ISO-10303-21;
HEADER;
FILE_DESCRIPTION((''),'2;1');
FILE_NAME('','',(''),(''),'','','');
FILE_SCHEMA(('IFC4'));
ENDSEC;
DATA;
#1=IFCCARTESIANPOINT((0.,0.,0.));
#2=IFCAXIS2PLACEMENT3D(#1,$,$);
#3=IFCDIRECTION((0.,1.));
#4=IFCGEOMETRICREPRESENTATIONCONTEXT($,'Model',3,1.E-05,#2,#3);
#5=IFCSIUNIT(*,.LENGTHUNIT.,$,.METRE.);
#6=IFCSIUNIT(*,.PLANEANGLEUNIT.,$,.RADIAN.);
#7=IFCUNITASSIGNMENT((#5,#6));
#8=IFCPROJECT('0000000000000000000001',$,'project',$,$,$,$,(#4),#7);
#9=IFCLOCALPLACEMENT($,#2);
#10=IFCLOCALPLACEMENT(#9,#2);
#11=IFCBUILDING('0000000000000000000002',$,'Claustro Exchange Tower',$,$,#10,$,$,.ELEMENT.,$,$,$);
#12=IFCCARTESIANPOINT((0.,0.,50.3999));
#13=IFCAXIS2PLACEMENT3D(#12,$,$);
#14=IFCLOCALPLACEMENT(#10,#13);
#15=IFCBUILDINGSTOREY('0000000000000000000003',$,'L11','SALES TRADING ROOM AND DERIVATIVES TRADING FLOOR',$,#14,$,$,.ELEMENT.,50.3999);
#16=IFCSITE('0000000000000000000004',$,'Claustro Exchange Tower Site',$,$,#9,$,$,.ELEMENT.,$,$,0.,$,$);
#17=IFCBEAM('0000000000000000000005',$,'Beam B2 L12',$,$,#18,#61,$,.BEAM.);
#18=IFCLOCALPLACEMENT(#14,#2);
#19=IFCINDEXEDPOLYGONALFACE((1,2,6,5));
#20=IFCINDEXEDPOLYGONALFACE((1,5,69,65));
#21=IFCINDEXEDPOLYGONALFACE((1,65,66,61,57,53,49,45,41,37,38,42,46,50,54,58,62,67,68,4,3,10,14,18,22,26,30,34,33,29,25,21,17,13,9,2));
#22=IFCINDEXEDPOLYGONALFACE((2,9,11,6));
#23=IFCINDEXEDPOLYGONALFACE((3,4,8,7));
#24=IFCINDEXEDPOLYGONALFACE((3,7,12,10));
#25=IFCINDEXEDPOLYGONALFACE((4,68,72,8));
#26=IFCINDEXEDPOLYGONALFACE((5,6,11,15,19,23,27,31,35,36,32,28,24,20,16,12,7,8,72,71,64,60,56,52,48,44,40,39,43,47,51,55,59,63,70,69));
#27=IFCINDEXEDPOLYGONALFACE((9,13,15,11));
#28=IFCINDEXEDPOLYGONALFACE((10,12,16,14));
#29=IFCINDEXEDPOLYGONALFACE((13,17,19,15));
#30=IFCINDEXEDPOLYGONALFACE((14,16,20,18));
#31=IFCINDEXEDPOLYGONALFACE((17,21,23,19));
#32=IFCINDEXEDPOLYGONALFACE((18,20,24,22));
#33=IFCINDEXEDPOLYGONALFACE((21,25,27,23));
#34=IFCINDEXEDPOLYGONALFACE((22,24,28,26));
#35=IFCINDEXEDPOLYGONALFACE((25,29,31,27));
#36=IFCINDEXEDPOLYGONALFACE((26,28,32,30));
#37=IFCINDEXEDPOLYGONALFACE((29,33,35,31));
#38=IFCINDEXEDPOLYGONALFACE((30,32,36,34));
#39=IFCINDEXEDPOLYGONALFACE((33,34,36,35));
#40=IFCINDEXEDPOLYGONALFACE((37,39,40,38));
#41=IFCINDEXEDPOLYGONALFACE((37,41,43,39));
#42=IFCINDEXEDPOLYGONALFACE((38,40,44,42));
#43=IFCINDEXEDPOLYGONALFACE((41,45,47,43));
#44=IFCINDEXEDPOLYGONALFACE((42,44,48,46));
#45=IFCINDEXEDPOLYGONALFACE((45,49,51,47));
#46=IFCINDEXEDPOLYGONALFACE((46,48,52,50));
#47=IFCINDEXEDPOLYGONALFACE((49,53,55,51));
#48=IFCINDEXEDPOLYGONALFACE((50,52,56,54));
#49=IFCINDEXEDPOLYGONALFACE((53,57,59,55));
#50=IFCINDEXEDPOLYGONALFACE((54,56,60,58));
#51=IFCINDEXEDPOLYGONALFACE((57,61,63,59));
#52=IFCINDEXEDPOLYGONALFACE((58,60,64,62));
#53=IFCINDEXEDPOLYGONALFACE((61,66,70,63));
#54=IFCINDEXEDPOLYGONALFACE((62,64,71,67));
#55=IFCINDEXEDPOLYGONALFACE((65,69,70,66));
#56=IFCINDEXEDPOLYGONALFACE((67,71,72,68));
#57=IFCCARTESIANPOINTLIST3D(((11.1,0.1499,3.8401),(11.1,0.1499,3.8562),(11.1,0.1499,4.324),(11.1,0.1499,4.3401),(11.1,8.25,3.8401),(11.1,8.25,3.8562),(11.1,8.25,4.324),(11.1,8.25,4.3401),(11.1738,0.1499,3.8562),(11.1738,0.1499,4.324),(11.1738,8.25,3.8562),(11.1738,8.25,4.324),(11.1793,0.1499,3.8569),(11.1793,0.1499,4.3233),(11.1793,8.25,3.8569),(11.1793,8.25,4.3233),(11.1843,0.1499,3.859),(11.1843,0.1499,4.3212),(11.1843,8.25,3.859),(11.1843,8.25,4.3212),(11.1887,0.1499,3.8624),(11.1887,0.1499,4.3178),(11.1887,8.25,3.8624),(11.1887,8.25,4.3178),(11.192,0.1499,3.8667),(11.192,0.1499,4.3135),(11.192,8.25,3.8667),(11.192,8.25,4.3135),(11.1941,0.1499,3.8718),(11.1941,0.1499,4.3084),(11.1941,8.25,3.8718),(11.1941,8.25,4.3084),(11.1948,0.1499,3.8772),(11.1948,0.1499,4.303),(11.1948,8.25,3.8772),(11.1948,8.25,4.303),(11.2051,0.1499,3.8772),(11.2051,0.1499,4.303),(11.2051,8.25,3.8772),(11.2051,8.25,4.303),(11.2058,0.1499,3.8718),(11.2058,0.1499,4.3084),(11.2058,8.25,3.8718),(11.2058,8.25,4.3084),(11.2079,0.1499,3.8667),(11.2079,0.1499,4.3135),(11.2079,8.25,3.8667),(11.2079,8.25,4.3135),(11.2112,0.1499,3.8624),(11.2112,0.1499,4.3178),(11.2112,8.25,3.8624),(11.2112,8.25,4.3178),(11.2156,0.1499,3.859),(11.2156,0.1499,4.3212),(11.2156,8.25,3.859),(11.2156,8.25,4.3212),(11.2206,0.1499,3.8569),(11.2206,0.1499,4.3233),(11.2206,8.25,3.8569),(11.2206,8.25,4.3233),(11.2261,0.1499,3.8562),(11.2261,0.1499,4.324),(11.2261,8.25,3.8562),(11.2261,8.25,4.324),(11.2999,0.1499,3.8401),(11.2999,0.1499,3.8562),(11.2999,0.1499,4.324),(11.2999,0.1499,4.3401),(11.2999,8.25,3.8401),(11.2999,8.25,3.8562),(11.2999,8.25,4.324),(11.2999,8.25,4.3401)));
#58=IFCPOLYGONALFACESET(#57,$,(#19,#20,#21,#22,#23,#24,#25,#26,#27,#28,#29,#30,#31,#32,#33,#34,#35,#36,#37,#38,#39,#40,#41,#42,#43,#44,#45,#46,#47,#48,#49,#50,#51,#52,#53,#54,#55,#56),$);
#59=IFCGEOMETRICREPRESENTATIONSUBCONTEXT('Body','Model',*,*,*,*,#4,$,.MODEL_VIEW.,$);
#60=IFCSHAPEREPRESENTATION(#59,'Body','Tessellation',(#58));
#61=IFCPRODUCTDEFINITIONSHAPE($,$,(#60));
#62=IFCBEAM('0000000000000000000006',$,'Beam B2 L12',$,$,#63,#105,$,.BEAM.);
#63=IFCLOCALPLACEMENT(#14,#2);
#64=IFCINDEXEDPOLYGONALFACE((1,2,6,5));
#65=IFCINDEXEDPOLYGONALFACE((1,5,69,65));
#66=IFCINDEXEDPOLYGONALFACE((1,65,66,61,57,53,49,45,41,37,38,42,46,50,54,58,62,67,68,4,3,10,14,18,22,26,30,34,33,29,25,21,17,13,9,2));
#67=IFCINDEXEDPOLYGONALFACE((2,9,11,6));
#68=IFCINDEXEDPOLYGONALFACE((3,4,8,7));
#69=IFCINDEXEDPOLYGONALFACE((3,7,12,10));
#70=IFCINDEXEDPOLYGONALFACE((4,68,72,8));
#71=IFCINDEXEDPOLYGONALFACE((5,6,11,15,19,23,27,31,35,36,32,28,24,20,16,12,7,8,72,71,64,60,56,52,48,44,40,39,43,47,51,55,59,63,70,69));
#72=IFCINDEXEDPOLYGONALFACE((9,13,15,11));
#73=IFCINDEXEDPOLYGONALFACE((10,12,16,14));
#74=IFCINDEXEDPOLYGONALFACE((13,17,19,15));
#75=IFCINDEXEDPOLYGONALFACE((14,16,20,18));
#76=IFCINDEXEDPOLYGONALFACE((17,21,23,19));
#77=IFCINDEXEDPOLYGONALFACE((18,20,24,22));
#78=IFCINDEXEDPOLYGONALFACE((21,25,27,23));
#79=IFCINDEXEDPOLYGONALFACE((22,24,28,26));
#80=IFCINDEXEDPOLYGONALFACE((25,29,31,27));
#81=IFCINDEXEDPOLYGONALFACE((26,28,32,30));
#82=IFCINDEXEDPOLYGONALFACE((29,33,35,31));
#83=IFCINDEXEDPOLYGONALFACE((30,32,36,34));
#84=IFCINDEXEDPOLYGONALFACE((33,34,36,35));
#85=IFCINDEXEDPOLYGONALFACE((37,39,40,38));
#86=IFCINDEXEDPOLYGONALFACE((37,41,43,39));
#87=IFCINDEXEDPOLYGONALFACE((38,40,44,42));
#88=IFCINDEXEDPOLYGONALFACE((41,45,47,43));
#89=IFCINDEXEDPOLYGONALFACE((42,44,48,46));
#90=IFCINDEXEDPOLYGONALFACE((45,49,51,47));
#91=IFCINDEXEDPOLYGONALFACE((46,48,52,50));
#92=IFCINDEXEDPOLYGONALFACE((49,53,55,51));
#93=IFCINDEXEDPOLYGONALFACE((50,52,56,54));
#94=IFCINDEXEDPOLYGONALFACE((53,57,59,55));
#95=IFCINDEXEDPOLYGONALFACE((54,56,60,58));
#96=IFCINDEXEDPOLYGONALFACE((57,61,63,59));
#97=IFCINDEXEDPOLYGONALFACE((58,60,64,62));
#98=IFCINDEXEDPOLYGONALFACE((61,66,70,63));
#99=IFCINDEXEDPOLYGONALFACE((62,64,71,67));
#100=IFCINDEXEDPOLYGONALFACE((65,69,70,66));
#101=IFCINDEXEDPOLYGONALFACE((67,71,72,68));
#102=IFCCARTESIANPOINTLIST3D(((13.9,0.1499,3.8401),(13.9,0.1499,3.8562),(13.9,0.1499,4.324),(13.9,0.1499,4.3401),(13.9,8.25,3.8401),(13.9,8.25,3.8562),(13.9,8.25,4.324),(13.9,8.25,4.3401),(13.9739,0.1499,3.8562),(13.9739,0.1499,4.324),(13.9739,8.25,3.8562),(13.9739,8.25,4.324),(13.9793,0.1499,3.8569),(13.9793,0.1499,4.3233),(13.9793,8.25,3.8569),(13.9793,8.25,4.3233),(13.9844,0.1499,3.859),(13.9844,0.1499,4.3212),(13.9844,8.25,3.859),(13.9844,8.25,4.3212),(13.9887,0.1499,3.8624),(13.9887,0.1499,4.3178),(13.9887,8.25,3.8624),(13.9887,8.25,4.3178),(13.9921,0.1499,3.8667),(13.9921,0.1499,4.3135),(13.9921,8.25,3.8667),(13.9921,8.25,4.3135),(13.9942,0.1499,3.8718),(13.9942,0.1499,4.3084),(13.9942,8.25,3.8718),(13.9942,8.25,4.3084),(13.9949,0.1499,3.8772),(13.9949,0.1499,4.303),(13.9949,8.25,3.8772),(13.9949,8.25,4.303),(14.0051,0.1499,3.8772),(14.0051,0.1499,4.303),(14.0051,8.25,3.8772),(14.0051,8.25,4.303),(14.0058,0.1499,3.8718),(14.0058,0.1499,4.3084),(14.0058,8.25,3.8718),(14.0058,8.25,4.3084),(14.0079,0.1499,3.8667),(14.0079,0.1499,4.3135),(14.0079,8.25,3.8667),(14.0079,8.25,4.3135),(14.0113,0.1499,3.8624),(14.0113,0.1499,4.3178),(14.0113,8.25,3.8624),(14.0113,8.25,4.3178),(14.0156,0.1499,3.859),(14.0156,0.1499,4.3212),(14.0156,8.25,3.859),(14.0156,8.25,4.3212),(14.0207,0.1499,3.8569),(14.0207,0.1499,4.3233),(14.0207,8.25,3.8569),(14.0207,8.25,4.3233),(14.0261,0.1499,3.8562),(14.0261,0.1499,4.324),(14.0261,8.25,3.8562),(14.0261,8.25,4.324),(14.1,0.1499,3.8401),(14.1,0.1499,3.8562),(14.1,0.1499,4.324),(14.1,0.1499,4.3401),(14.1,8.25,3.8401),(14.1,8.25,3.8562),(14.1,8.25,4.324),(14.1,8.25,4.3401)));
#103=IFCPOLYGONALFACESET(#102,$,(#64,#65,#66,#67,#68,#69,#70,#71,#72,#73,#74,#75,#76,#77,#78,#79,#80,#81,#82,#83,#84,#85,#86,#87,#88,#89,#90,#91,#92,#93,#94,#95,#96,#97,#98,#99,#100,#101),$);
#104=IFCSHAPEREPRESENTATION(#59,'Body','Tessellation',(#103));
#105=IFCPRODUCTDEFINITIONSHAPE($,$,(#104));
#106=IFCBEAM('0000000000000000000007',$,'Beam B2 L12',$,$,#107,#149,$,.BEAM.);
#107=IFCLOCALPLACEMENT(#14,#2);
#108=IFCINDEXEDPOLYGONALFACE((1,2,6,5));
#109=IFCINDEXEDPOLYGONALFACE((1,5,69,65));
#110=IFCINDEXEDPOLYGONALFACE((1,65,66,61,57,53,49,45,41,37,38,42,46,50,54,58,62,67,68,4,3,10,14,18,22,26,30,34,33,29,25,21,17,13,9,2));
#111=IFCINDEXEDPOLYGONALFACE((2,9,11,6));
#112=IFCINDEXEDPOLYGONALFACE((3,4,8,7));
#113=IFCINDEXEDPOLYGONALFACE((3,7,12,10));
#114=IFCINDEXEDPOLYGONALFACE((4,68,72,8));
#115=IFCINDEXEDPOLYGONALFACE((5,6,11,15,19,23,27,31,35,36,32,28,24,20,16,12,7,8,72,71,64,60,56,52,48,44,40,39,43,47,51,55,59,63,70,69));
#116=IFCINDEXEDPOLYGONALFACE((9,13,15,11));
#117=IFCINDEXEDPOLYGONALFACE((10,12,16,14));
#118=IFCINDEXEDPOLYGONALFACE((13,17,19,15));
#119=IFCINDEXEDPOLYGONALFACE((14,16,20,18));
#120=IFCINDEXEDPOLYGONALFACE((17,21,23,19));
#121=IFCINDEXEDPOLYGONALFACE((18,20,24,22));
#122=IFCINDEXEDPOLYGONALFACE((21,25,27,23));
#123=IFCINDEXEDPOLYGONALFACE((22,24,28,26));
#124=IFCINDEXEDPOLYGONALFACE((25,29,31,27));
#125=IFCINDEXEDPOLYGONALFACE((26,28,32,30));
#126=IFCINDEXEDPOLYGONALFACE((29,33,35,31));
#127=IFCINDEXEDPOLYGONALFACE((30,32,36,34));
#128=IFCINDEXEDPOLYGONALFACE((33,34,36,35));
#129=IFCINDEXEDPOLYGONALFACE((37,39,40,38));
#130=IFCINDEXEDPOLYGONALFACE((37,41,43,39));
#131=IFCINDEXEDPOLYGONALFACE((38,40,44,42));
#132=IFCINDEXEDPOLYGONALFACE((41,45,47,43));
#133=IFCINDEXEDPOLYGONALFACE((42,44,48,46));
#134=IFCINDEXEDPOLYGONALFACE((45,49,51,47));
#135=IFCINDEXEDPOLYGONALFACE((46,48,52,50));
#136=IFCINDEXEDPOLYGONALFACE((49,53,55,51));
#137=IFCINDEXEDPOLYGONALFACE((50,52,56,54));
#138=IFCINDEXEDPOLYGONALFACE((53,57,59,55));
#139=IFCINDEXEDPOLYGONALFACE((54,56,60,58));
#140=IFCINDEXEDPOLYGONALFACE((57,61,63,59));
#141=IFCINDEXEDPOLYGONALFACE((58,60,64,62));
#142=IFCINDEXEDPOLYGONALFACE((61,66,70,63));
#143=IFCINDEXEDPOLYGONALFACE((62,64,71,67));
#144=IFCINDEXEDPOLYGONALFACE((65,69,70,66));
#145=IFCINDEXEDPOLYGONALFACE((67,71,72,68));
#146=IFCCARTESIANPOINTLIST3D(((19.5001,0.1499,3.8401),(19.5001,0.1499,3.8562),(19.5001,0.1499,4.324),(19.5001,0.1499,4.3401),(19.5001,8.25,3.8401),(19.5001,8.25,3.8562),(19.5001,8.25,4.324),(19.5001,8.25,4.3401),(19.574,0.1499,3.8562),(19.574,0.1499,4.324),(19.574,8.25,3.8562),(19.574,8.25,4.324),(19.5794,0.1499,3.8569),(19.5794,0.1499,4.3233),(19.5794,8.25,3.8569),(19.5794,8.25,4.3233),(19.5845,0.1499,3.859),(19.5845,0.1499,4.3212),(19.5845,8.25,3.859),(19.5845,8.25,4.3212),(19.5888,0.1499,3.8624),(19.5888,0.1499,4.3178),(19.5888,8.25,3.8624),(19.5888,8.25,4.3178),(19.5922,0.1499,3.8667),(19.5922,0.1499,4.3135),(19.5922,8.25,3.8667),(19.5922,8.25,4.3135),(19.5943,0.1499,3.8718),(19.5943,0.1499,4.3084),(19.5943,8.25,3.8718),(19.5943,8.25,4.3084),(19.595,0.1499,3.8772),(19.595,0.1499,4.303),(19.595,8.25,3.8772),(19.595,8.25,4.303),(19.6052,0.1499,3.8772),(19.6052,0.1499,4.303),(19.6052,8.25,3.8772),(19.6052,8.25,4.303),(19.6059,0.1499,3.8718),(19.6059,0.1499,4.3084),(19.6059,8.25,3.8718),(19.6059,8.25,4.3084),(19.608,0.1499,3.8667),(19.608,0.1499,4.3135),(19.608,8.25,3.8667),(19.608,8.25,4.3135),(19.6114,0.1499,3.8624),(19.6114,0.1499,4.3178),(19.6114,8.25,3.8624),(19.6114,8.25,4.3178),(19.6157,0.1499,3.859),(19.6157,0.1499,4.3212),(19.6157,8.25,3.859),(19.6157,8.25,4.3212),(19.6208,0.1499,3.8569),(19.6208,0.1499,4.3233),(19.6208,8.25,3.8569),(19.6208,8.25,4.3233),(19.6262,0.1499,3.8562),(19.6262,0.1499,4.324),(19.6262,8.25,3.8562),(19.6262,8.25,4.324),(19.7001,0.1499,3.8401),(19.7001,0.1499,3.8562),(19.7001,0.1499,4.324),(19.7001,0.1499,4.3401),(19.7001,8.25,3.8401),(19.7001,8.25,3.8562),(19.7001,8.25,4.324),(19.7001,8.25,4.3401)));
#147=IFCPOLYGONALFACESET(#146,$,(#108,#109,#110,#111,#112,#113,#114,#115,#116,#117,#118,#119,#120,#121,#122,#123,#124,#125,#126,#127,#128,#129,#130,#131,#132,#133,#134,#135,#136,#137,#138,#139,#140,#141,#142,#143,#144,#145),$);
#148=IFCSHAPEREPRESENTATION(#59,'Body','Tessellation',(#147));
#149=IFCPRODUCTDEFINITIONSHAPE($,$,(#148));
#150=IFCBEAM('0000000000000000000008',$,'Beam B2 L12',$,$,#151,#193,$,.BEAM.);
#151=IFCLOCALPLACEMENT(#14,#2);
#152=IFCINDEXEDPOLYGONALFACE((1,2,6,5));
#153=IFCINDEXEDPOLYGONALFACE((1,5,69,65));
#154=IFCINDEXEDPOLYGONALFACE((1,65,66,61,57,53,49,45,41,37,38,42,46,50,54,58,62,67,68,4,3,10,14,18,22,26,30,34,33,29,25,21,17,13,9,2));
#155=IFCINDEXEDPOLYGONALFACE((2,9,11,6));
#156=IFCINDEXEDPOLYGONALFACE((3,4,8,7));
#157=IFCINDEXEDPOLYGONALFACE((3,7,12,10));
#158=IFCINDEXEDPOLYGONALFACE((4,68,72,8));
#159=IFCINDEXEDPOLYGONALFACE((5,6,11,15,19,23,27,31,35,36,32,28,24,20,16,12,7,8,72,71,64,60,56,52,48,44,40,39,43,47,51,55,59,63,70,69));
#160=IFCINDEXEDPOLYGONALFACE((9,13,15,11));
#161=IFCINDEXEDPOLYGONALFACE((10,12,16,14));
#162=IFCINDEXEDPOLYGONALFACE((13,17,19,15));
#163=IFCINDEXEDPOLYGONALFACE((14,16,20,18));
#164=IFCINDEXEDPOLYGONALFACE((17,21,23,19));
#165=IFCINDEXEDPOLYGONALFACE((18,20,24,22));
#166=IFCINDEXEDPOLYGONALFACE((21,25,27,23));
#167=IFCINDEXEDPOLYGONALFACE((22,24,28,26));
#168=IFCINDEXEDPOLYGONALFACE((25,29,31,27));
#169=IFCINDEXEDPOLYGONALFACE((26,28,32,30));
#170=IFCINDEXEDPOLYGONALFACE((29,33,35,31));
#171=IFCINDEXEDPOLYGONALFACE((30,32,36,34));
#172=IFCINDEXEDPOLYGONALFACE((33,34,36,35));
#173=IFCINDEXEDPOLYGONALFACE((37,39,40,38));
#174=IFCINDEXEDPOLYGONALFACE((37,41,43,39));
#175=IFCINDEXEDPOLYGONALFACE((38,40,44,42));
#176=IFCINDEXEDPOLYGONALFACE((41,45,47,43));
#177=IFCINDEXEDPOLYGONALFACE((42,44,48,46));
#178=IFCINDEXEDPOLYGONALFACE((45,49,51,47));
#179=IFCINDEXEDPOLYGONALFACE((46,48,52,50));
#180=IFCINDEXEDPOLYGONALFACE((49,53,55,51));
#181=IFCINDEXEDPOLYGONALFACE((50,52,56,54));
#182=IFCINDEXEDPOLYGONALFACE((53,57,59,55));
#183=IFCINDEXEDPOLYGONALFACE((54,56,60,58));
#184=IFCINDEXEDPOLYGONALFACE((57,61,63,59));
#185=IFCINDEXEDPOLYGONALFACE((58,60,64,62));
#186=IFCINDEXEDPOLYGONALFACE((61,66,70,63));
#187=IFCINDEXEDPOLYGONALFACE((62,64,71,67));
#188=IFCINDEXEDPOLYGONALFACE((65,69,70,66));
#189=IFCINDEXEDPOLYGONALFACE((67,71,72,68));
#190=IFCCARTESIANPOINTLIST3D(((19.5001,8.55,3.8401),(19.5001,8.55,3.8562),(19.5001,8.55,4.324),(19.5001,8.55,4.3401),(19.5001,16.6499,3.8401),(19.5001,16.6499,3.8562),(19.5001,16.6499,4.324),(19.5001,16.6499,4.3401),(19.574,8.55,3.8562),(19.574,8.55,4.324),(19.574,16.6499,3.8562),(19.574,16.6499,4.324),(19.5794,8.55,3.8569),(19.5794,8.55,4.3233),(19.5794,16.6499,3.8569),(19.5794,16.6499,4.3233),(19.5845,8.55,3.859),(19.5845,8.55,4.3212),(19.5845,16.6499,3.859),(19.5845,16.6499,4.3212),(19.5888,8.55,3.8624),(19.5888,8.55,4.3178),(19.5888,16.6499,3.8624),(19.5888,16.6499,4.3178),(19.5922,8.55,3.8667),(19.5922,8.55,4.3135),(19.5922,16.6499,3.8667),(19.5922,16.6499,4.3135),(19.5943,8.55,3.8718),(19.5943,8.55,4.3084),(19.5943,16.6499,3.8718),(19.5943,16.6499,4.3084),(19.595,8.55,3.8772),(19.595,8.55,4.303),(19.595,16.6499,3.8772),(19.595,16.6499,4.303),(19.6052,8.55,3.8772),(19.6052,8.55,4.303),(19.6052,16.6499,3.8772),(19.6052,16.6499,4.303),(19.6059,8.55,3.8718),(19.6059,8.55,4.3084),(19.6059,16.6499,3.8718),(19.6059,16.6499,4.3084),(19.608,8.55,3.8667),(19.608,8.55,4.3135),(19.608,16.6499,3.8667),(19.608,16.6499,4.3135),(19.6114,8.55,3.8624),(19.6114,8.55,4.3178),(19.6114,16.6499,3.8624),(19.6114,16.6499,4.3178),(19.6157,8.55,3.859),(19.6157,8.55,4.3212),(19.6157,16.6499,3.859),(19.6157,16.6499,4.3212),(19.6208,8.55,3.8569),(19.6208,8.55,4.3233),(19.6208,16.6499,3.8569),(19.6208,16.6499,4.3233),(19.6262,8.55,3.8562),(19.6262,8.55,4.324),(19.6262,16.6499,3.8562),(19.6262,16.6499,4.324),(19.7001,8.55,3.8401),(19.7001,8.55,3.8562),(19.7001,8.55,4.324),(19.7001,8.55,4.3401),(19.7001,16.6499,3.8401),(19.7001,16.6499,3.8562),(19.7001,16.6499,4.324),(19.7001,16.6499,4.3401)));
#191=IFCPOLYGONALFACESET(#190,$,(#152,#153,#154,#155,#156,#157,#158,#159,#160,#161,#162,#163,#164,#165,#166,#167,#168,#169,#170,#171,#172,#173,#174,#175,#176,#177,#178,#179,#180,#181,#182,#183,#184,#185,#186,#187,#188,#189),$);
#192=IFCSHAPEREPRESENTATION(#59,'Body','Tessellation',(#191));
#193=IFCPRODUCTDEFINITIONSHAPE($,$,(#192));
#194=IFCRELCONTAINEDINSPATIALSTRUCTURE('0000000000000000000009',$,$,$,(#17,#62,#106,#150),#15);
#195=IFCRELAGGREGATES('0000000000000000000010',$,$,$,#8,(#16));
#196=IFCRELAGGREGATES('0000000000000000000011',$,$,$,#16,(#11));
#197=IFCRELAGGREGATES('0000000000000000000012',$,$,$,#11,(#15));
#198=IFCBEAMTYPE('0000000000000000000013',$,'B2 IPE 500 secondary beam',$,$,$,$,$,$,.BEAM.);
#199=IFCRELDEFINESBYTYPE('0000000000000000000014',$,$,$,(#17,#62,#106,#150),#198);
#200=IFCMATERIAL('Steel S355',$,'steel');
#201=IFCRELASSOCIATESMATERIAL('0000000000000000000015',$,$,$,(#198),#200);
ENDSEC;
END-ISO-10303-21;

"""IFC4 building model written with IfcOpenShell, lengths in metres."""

from ifc_helpers import new_model, si_unit, direction, frame, origin, origin_2d, place, context, subcontext, project, spatial, i_section, extrude, material, material_profile, profile_set, type_object, element, save


model = new_model("IFC4")

# Units and contexts
model_context = context("Model", 3, precision=1e-05, world=origin(), true_north=direction((0.0, 1.0)))
body_context = subcontext(model_context, "Body", "Model", "MODEL_VIEW")
ifc_project = project(units=[si_unit("LENGTHUNIT", "METRE"), si_unit("PLANEANGLEUNIT", "RADIAN")], contexts=[model_context])

# Site, building, storey
site_placement = place(None, origin())
site = spatial("IfcSite", under=ifc_project, at=site_placement, Name="Claustro Exchange Tower Site", CompositionType="ELEMENT", RefElevation=0.0)
building_placement = place(site_placement, origin())
building = spatial("IfcBuilding", under=site, at=building_placement, Name="Claustro Exchange Tower", CompositionType="ELEMENT")
storey_placement = place(building_placement, frame((0.0, 0.0, 50.3999)))
storey = spatial("IfcBuildingStorey", under=building, at=storey_placement, Name="L11", Description="SALES TRADING ROOM AND DERIVATIVES TRADING FLOOR", CompositionType="ELEMENT", Elevation=50.3999)

# Beams
ifc_material_1 = material(Name="Steel S355", Category="steel")
ifc_material_profile_1 = material_profile(ifc_material_1, i_section(OverallWidth=0.2, OverallDepth=0.5, WebThickness=0.0103, FlangeThickness=0.0161, FilletRadius=0.021, at=origin_2d()), Name="IPE 500")
ifc_profile_set_1 = profile_set([ifc_material_profile_1], Name="Steel S355")
beam_type_1 = type_object("IfcBeamType", Name="B2 IPE 500 secondary beam", PredefinedType="BEAM", material=ifc_profile_set_1)
for number, where, z_axis, x_axis, name in (
    (1, (11.2, 0.1499, 4.0901), (0.0, 1.0, 0.0), (-1.0, 0.0, 0.0), "Beam B2 L12"),
    (2, (14.0, 0.1499, 4.0901), (0.0, 1.0, 0.0), (-1.0, 0.0, 0.0), "Beam B2 L12"),
    (3, (19.6001, 0.1499, 4.0901), (0.0, 1.0, 0.0), (-1.0, 0.0, 0.0), "Beam B2 L12"),
):
    element("IfcBeam", number, at=place(storey_placement, frame(where, z_axis=z_axis, x_axis=x_axis)), inside=storey, type_object=beam_type_1, Name=name, PredefinedType="BEAM", context=body_context, shape_type="SweptSolid", body=[
        extrude(i_section(OverallWidth=0.2, OverallDepth=0.5, WebThickness=0.0103, FlangeThickness=0.0161, FilletRadius=0.021, at=origin_2d()), origin(), (0.0, 0.0, 1.0), 8.1001),
    ])
beam_1_placement = place(storey_placement, frame((19.6001, 8.55, 4.0901), z_axis=(0.0, 1.0, 0.0), x_axis=(-1.0, 0.0, 0.0)))
element("IfcBeam", 4, at=beam_1_placement, inside=storey, type_object=beam_type_1, Name="Beam B2 L12", PredefinedType="BEAM", context=body_context, shape_type="SweptSolid", body=[
    extrude(i_section(OverallWidth=0.2, OverallDepth=0.5, WebThickness=0.0103, FlangeThickness=0.0161, FilletRadius=0.021, at=origin_2d()), origin(), (0.0, 0.0, 1.0), 8.0999),
])

save(model, "model.ifc")
